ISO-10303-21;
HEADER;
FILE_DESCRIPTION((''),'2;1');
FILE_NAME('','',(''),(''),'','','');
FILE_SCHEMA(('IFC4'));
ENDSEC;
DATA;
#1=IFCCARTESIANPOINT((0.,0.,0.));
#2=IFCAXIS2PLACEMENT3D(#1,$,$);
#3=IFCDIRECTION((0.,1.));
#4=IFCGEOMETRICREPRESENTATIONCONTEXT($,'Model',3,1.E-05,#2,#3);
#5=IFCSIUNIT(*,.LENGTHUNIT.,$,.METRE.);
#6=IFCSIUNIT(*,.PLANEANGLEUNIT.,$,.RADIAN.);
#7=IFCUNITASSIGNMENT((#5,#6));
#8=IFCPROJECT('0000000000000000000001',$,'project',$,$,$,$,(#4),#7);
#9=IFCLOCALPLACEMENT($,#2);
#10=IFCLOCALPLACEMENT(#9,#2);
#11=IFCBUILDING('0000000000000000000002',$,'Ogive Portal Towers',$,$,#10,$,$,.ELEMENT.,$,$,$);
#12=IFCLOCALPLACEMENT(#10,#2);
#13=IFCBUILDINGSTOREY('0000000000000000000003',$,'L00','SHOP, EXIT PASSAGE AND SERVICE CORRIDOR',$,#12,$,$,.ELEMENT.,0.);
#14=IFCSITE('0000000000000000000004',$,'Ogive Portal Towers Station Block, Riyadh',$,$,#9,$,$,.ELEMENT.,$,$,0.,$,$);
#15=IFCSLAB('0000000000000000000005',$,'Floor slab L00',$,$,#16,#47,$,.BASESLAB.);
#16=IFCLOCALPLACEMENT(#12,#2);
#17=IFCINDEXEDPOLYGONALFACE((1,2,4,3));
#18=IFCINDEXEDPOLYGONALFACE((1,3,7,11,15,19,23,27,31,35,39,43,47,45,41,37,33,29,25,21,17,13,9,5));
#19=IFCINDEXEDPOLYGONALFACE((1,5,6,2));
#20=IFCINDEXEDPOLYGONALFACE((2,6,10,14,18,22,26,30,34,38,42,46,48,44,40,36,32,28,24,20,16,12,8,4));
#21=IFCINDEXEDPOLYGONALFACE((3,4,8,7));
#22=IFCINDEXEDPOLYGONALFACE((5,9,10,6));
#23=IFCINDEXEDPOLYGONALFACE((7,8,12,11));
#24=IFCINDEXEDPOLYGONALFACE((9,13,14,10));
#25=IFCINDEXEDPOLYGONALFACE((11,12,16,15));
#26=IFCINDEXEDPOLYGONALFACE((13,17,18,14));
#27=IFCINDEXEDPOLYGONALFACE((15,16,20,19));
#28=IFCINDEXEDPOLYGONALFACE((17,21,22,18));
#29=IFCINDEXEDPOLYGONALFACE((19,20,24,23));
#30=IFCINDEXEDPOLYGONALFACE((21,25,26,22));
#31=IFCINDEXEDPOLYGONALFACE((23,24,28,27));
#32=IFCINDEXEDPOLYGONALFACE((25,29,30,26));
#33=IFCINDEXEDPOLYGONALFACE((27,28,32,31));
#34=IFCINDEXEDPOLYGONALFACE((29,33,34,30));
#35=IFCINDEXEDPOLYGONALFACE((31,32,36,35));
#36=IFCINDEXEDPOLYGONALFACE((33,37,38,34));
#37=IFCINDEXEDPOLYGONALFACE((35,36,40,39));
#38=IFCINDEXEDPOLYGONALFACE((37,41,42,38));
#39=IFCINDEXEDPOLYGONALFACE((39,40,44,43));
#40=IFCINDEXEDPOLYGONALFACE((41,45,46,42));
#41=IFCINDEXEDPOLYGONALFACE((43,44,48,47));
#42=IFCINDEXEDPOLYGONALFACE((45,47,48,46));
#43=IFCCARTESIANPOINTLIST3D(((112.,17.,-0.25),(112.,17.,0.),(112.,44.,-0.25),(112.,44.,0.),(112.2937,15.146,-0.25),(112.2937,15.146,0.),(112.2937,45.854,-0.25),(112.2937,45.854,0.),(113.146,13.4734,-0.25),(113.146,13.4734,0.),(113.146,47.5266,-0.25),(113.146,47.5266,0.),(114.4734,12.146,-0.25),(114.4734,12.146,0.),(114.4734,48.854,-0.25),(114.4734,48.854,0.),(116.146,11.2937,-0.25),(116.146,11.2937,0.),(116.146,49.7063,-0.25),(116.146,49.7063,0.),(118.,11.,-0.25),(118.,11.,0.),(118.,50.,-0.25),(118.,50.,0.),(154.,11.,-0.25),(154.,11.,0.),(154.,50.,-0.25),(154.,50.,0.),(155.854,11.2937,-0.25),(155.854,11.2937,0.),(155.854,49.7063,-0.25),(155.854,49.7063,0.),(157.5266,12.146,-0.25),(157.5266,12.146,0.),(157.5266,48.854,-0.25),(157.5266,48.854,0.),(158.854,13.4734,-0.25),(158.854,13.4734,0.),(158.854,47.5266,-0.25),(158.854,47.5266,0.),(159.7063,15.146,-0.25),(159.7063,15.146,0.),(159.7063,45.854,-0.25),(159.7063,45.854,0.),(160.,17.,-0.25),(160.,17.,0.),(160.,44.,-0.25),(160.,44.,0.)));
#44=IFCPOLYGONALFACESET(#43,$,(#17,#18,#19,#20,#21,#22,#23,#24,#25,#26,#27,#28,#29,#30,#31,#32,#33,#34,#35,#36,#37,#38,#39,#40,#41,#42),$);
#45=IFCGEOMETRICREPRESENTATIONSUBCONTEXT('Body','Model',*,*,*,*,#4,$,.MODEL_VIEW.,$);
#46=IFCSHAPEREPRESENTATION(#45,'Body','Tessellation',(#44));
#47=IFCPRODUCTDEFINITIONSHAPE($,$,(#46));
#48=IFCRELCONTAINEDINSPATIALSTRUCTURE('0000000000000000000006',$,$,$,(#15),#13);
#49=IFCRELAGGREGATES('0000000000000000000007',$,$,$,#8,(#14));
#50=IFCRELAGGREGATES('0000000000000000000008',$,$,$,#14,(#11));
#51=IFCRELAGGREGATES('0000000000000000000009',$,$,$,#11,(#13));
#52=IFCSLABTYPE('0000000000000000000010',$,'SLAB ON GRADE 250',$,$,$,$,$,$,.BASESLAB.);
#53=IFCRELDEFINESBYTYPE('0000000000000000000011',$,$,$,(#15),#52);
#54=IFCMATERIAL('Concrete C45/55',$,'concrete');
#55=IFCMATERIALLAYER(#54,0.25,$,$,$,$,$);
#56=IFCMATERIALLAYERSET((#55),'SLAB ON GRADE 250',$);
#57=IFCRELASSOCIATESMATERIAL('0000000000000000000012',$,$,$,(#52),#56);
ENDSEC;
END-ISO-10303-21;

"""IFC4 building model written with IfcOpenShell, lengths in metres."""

from ifc_helpers import new_model, si_unit, direction, frame, origin, place, context, subcontext, project, spatial, polyline, outline, extrude, material, layer, layer_set, type_object, element, save


model = new_model("IFC4")

# Units and contexts
model_context = context("Model", 3, precision=1e-05, world=origin(), true_north=direction((0.0, 1.0)))
body_context = subcontext(model_context, "Body", "Model", "MODEL_VIEW")
ifc_project = project(units=[si_unit("LENGTHUNIT", "METRE"), si_unit("PLANEANGLEUNIT", "RADIAN")], contexts=[model_context])

# Site, building, storey
site_placement = place(None, origin())
site = spatial("IfcSite", under=ifc_project, at=site_placement, Name="Ogive Portal Towers Station Block, Riyadh", CompositionType="ELEMENT", RefElevation=0.0)
building_placement = place(site_placement, origin())
building = spatial("IfcBuilding", under=site, at=building_placement, Name="Ogive Portal Towers", CompositionType="ELEMENT")
storey_placement = place(building_placement, origin())
storey = spatial("IfcBuildingStorey", under=building, at=storey_placement, Name="L00", Description="SHOP, EXIT PASSAGE AND SERVICE CORRIDOR", CompositionType="ELEMENT", Elevation=0.0)

# Slab
ifc_material_1 = material(Name="Concrete C45/55", Category="concrete")
ifc_layer_1 = layer(ifc_material_1, 0.25)
ifc_layer_set_1 = layer_set([ifc_layer_1], Name="SLAB ON GRADE 250")
slab_type_1 = type_object("IfcSlabType", Name="SLAB ON GRADE 250", PredefinedType="BASESLAB", material=ifc_layer_set_1)
slab_1_placement = place(storey_placement, frame((0.0, 0.0, -0.25)))
element("IfcSlab", 1, at=slab_1_placement, inside=storey, type_object=slab_type_1, Name="Floor slab L00", PredefinedType="BASESLAB", context=body_context, shape_type="SweptSolid", body=[
    extrude(outline(polyline([(112.0, 17.0), (112.2937, 15.146), (113.146, 13.4734), (114.4734, 12.146), (116.146, 11.2937), (118.0, 11.0), (154.0, 11.0), (155.854, 11.2937), (157.5266, 12.146), (158.854, 13.4734), (159.7063, 15.146), (160.0, 17.0), (160.0, 44.0), (159.7063, 45.854), (158.854, 47.5266), (157.5266, 48.854), (155.854, 49.7063), (154.0, 50.0), (118.0, 50.0), (116.146, 49.7063), (114.4734, 48.854), (113.146, 47.5266), (112.2937, 45.854), (112.0, 44.0), (112.0, 17.0)])), origin(), (0.0, 0.0, 1.0), 0.25),
])

save(model, "model.ifc")
